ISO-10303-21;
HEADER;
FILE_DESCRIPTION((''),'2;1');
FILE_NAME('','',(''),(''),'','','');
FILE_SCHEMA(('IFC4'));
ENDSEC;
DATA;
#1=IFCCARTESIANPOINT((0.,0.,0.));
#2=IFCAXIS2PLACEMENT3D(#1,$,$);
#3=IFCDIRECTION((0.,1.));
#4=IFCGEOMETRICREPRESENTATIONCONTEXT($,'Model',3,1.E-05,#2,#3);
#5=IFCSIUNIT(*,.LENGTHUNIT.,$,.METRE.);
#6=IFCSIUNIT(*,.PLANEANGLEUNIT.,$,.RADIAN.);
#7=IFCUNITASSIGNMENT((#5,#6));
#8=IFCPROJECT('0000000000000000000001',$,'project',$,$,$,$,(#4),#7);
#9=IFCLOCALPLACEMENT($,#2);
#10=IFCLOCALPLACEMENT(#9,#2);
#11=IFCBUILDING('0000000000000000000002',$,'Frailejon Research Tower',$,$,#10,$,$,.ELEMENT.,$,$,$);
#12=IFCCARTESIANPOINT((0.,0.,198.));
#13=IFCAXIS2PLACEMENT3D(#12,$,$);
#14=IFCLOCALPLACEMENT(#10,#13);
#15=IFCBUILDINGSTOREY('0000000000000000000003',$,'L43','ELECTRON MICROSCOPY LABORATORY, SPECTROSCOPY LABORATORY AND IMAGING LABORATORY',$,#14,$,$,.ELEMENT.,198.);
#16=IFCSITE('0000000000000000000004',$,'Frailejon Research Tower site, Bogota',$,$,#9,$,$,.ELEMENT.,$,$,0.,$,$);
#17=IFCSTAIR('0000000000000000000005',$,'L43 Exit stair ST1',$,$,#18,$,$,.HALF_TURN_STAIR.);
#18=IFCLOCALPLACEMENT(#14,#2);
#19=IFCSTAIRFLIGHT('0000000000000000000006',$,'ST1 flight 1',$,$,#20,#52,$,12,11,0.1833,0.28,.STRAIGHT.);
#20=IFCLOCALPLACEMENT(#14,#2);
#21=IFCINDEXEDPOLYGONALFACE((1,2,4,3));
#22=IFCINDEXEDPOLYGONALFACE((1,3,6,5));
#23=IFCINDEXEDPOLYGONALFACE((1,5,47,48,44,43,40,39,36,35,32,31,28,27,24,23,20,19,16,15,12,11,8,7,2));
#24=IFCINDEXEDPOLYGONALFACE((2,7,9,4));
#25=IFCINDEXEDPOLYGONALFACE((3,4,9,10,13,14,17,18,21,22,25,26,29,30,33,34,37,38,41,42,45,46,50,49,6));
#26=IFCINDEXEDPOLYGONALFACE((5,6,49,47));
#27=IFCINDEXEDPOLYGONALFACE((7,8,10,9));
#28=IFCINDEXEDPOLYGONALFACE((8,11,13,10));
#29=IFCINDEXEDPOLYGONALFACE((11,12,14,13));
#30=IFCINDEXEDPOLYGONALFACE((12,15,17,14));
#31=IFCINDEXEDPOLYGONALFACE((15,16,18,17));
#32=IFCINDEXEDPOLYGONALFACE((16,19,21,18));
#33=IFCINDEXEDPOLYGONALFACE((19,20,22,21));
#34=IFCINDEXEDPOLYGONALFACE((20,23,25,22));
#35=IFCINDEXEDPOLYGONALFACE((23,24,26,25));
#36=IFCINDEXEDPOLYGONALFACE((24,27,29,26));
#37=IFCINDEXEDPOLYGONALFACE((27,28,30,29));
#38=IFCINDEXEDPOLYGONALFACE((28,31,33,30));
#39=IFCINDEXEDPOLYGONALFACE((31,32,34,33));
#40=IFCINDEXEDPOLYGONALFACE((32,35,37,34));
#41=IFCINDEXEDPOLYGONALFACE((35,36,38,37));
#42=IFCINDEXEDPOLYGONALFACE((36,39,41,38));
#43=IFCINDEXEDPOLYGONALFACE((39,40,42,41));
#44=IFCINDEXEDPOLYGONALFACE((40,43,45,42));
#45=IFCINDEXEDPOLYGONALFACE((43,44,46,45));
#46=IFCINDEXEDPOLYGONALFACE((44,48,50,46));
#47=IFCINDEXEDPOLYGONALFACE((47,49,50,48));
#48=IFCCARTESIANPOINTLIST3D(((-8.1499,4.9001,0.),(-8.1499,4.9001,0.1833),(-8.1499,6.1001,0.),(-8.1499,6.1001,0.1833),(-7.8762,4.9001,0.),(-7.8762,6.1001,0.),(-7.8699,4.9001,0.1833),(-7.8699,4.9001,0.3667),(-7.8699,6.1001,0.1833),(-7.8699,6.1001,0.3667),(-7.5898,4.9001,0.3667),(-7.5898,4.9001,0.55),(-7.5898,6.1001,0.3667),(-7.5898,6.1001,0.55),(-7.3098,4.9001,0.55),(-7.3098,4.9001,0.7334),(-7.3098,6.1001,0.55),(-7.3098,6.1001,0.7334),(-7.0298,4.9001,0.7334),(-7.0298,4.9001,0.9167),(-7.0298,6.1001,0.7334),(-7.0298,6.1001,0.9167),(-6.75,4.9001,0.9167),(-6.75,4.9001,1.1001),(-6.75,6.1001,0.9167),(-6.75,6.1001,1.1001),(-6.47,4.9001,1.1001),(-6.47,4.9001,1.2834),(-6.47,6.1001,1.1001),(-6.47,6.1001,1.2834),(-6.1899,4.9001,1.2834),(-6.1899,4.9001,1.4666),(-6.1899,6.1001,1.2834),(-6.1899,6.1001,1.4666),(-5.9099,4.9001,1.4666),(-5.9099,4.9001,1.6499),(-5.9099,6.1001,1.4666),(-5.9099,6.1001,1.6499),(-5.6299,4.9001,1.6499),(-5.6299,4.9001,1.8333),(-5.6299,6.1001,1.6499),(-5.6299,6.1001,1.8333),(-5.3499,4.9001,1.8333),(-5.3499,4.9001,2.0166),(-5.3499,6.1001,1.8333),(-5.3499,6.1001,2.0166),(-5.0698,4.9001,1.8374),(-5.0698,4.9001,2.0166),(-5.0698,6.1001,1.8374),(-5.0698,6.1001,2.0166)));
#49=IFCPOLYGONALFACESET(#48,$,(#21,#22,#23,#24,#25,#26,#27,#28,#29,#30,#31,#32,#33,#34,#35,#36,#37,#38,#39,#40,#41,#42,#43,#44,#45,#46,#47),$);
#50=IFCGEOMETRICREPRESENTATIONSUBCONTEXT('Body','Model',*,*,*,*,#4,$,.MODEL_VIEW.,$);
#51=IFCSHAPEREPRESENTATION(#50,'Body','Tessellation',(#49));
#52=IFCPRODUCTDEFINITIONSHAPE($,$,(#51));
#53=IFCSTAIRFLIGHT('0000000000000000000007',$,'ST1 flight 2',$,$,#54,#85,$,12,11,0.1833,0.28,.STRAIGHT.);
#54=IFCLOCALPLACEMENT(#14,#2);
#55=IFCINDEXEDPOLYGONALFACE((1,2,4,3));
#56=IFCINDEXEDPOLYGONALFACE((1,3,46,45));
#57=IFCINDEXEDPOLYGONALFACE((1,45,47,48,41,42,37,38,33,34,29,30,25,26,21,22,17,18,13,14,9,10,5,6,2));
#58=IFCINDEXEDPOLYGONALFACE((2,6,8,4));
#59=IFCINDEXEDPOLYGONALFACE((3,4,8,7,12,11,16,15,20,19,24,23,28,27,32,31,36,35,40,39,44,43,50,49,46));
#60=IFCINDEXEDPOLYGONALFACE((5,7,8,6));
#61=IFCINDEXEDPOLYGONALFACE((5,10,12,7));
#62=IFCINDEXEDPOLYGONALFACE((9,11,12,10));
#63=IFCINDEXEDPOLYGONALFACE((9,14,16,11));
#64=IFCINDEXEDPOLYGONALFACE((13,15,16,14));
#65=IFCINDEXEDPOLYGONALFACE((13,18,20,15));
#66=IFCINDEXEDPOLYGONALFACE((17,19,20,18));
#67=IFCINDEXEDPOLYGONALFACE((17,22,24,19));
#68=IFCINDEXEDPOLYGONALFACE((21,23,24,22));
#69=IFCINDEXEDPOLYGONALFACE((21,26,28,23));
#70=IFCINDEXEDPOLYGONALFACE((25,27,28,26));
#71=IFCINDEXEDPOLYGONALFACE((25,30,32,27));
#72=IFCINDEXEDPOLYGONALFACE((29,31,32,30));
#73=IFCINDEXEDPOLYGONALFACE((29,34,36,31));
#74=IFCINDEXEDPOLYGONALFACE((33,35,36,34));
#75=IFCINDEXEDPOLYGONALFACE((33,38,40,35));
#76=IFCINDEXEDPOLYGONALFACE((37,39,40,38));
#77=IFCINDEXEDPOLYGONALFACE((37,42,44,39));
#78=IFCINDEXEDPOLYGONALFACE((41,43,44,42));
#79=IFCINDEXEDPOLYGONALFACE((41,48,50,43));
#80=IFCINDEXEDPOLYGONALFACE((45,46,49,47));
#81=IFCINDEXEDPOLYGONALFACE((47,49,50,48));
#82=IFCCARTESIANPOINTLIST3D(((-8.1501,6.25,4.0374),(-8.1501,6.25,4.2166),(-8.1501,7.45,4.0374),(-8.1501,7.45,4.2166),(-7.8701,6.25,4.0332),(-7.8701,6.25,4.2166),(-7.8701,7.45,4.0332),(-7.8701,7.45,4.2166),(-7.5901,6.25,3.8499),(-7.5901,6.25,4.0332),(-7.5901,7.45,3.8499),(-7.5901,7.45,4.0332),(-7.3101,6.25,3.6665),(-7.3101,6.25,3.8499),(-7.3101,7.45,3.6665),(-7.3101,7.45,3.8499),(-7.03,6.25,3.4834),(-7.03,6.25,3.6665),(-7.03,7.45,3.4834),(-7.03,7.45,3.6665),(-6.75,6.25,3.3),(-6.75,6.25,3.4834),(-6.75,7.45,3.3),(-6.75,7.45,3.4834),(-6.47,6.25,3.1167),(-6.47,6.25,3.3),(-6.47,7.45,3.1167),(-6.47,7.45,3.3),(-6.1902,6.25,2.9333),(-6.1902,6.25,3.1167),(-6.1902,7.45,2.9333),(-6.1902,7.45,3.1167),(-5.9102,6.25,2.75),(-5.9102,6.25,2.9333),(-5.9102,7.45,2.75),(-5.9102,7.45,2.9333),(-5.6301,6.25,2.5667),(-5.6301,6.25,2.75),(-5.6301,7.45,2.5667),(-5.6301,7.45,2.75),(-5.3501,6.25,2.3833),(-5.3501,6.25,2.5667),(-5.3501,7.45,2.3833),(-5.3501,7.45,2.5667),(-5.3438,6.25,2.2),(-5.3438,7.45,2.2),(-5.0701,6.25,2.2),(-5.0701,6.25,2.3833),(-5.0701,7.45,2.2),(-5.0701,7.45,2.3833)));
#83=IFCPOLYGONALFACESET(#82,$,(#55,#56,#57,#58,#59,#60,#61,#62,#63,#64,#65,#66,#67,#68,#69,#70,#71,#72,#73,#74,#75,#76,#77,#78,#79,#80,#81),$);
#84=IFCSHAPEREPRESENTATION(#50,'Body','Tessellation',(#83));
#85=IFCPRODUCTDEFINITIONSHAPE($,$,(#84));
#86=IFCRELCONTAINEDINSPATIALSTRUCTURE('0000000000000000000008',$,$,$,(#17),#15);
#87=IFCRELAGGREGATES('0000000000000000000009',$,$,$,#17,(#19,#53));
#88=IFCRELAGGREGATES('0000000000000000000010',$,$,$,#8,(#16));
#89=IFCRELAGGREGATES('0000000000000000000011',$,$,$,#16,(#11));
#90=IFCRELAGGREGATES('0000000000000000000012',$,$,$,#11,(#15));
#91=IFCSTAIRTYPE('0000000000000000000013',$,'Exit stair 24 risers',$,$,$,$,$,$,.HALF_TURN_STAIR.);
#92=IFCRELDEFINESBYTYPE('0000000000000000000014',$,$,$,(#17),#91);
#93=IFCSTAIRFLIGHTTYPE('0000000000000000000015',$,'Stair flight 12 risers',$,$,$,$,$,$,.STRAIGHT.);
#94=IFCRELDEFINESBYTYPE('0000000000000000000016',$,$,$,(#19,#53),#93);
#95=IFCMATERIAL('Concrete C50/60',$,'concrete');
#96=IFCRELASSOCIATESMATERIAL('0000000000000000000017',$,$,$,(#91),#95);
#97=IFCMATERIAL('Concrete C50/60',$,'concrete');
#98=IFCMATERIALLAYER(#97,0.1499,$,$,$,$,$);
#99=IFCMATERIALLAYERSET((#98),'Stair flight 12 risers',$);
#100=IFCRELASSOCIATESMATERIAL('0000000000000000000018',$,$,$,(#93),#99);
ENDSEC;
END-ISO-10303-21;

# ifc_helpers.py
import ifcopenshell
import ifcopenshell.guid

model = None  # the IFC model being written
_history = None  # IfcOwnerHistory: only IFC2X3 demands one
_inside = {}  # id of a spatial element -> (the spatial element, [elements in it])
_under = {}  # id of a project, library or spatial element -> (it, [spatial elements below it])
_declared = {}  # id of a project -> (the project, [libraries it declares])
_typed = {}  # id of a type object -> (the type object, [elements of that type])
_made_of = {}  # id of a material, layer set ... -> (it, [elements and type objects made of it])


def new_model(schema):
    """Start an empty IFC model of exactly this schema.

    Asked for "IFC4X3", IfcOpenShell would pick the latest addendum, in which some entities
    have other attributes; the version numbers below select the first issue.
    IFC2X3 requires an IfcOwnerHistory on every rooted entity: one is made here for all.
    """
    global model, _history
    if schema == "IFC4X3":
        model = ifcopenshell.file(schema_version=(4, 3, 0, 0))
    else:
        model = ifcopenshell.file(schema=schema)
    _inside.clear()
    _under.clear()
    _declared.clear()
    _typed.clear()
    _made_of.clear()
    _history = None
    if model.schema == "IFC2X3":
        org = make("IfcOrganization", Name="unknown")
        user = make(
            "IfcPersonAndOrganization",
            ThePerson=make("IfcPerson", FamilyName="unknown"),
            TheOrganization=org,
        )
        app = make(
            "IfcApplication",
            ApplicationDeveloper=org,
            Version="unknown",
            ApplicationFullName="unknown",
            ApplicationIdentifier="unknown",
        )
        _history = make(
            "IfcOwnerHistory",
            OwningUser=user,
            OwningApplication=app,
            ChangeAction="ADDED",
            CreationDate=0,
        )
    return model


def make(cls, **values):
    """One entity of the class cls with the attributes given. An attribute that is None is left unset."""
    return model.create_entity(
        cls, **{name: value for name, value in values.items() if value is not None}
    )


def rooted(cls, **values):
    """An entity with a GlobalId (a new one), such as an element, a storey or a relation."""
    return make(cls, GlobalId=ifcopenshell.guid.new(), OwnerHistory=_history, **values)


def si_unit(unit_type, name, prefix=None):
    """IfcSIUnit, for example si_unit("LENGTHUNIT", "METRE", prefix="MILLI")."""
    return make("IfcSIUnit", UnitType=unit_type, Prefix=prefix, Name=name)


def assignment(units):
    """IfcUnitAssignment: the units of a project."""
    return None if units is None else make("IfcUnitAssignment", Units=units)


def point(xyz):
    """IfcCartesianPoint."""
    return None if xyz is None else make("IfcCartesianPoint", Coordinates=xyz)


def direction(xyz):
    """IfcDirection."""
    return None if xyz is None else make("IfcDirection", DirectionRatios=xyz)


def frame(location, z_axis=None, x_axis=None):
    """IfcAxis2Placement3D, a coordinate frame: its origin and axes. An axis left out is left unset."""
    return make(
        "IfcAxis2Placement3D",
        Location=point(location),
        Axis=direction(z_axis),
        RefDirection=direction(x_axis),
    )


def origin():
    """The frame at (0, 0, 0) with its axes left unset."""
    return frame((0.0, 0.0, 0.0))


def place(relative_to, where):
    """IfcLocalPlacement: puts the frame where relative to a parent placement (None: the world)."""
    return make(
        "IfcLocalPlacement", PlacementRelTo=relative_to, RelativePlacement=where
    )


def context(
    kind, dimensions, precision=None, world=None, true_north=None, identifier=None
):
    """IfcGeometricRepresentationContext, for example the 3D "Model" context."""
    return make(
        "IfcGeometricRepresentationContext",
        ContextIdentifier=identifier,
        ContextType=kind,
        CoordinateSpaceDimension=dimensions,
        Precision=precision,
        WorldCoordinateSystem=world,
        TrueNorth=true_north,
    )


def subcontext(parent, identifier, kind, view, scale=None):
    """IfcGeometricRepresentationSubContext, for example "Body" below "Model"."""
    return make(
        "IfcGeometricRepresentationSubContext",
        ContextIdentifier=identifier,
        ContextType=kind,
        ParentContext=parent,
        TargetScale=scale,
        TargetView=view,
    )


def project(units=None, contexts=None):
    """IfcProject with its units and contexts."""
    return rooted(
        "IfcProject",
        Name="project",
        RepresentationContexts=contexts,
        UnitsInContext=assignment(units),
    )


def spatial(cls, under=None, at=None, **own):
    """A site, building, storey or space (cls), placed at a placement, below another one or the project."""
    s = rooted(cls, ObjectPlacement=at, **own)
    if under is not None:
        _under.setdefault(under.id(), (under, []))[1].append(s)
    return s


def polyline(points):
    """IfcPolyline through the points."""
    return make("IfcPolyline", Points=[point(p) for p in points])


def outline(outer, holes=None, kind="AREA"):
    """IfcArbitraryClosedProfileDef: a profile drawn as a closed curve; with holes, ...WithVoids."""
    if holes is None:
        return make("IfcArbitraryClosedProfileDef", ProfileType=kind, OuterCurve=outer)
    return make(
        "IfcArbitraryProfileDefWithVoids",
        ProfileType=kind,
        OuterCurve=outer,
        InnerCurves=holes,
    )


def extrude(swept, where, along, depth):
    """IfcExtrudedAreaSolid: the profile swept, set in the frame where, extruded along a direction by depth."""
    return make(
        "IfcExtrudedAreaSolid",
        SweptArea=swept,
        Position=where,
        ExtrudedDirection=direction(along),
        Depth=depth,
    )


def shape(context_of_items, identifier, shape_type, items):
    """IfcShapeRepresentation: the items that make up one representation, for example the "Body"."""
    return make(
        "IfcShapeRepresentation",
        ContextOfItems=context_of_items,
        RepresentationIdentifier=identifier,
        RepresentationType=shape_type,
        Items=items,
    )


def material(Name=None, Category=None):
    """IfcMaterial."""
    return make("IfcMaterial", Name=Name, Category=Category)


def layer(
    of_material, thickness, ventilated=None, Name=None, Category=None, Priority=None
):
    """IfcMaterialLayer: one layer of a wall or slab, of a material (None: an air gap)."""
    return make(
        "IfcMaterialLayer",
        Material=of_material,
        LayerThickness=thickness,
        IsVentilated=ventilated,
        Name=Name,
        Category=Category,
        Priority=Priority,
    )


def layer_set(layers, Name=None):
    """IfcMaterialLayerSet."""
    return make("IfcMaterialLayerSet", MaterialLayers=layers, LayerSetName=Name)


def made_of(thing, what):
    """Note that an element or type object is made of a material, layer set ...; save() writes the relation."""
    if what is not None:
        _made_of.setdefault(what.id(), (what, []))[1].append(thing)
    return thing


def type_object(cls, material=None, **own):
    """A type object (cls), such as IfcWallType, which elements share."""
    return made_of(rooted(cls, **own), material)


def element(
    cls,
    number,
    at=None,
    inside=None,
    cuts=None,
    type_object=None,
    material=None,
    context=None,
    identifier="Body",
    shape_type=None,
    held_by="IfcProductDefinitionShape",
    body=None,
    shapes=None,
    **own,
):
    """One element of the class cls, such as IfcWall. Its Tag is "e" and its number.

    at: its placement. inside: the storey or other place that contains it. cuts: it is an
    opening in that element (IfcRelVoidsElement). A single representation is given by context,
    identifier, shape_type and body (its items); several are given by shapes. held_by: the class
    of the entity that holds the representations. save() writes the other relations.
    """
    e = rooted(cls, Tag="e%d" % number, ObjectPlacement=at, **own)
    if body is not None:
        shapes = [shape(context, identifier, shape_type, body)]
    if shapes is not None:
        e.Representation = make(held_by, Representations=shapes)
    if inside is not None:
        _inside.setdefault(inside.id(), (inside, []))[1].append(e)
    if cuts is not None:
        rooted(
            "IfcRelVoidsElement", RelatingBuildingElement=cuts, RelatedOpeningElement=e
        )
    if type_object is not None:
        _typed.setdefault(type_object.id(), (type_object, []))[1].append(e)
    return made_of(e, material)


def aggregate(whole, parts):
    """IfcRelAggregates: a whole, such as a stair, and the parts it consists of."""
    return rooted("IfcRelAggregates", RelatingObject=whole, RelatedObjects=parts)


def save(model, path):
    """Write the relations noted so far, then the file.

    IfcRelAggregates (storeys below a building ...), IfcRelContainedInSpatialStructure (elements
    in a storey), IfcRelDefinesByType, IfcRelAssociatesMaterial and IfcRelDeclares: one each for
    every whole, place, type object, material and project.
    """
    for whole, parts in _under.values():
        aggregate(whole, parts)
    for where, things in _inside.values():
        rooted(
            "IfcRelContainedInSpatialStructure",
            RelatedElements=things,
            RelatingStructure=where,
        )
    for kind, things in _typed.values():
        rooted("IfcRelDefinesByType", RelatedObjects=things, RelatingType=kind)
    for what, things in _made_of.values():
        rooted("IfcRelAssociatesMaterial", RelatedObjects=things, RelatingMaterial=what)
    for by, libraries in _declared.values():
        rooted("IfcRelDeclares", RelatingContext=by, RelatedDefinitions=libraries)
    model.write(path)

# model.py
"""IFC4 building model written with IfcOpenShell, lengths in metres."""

from ifc_helpers import new_model, si_unit, direction, frame, origin, place, context, subcontext, project, spatial, polyline, outline, extrude, material, layer, layer_set, type_object, element, aggregate, save


model = new_model("IFC4")

# Units and contexts
model_context = context("Model", 3, precision=1e-05, world=origin(), true_north=direction((0.0, 1.0)))
body_context = subcontext(model_context, "Body", "Model", "MODEL_VIEW")
ifc_project = project(units=[si_unit("LENGTHUNIT", "METRE"), si_unit("PLANEANGLEUNIT", "RADIAN")], contexts=[model_context])

# Site, building, storey
site_placement = place(None, origin())
site = spatial("IfcSite", under=ifc_project, at=site_placement, Name="Frailejon Research Tower site, Bogota", CompositionType="ELEMENT", RefElevation=0.0)
building_placement = place(site_placement, origin())
building = spatial("IfcBuilding", under=site, at=building_placement, Name="Frailejon Research Tower", CompositionType="ELEMENT")
storey_placement = place(building_placement, frame((0.0, 0.0, 198.0)))
storey = spatial("IfcBuildingStorey", under=building, at=storey_placement, Name="L43", Description="ELECTRON MICROSCOPY LABORATORY, SPECTROSCOPY LABORATORY AND IMAGING LABORATORY", CompositionType="ELEMENT", Elevation=198.0)

# Stair, stair flights
ifc_material_1 = material(Name="Concrete C50/60", Category="concrete")
stair_type = type_object("IfcStairType", Name="Exit stair 24 risers", PredefinedType="HALF_TURN_STAIR", material=ifc_material_1)
stair_placement = place(storey_placement, origin())
stair = element("IfcStair", 1, at=stair_placement, inside=storey, type_object=stair_type, Name="L43 Exit stair ST1", PredefinedType="HALF_TURN_STAIR")
ifc_material_2 = material(Name="Concrete C50/60", Category="concrete")
ifc_layer_1 = layer(ifc_material_2, 0.1499)
ifc_layer_set_1 = layer_set([ifc_layer_1], Name="Stair flight 12 risers")
stair_flight_type = type_object("IfcStairFlightType", Name="Stair flight 12 risers", PredefinedType="STRAIGHT", material=ifc_layer_set_1)
stair_flight_1_placement = place(storey_placement, frame((-8.1499, 5.5, 0.0), z_axis=(0.0, 0.0, 1.0), x_axis=(1.0, 0.0, 0.0)))
stair_flight_1 = element("IfcStairFlight", 2, at=stair_flight_1_placement, type_object=stair_flight_type, Name="ST1 flight 1", NumberOfRisers=12, NumberOfTreads=11, PredefinedType="STRAIGHT", RiserHeight=0.1833, TreadLength=0.28, context=body_context, shape_type="SweptSolid", body=[
    extrude(outline(polyline([(0.0, 0.0), (0.0, 0.1833), (0.28, 0.1833), (0.28, 0.3667), (0.5601, 0.3667), (0.5601, 0.55), (0.8401, 0.55), (0.8401, 0.7334), (1.1201, 0.7334), (1.1201, 0.9167), (1.3999, 0.9167), (1.3999, 1.1001), (1.6799, 1.1001), (1.6799, 1.2834), (1.96, 1.2834), (1.96, 1.4666), (2.24, 1.4666), (2.24, 1.6499), (2.52, 1.6499), (2.52, 1.8333), (2.8, 1.8333), (2.8, 2.0166), (3.0801, 2.0166), (3.0801, 2.2), (3.0801, 1.8374), (0.2737, 0.0), (0.0, 0.0)])), frame((0.0, 0.6001, 0.0), z_axis=(0.0, -1.0, 0.0), x_axis=(1.0, 0.0, 0.0)), (0.0, 0.0, 1.0), 1.2),
])
stair_flight_2_placement = place(storey_placement, frame((-5.0701, 6.8501, 2.2), z_axis=(0.0, 0.0, 1.0), x_axis=(-1.0, 0.0, 0.0)))
stair_flight_2 = element("IfcStairFlight", 3, at=stair_flight_2_placement, type_object=stair_flight_type, Name="ST1 flight 2", NumberOfRisers=12, NumberOfTreads=11, PredefinedType="STRAIGHT", RiserHeight=0.1833, TreadLength=0.28, context=body_context, shape_type="SweptSolid", body=[
    extrude(outline(polyline([(0.0, 0.0), (0.0, 0.1833), (0.28, 0.1833), (0.28, 0.3667), (0.5601, 0.3667), (0.5601, 0.55), (0.8401, 0.55), (0.8401, 0.7334), (1.1201, 0.7334), (1.1201, 0.9167), (1.3999, 0.9167), (1.3999, 1.1001), (1.6799, 1.1001), (1.6799, 1.2834), (1.96, 1.2834), (1.96, 1.4666), (2.24, 1.4666), (2.24, 1.6499), (2.52, 1.6499), (2.52, 1.8333), (2.8, 1.8333), (2.8, 2.0166), (3.0801, 2.0166), (3.0801, 2.2), (3.0801, 1.8374), (0.2737, 0.0), (0.0, 0.0)])), frame((0.0, 0.6001, 0.0), z_axis=(0.0, -1.0, 0.0), x_axis=(1.0, 0.0, 0.0)), (0.0, 0.0, 1.0), 1.2),
])
aggregate(stair, [stair_flight_1, stair_flight_2])

save(model, "model.ifc")
